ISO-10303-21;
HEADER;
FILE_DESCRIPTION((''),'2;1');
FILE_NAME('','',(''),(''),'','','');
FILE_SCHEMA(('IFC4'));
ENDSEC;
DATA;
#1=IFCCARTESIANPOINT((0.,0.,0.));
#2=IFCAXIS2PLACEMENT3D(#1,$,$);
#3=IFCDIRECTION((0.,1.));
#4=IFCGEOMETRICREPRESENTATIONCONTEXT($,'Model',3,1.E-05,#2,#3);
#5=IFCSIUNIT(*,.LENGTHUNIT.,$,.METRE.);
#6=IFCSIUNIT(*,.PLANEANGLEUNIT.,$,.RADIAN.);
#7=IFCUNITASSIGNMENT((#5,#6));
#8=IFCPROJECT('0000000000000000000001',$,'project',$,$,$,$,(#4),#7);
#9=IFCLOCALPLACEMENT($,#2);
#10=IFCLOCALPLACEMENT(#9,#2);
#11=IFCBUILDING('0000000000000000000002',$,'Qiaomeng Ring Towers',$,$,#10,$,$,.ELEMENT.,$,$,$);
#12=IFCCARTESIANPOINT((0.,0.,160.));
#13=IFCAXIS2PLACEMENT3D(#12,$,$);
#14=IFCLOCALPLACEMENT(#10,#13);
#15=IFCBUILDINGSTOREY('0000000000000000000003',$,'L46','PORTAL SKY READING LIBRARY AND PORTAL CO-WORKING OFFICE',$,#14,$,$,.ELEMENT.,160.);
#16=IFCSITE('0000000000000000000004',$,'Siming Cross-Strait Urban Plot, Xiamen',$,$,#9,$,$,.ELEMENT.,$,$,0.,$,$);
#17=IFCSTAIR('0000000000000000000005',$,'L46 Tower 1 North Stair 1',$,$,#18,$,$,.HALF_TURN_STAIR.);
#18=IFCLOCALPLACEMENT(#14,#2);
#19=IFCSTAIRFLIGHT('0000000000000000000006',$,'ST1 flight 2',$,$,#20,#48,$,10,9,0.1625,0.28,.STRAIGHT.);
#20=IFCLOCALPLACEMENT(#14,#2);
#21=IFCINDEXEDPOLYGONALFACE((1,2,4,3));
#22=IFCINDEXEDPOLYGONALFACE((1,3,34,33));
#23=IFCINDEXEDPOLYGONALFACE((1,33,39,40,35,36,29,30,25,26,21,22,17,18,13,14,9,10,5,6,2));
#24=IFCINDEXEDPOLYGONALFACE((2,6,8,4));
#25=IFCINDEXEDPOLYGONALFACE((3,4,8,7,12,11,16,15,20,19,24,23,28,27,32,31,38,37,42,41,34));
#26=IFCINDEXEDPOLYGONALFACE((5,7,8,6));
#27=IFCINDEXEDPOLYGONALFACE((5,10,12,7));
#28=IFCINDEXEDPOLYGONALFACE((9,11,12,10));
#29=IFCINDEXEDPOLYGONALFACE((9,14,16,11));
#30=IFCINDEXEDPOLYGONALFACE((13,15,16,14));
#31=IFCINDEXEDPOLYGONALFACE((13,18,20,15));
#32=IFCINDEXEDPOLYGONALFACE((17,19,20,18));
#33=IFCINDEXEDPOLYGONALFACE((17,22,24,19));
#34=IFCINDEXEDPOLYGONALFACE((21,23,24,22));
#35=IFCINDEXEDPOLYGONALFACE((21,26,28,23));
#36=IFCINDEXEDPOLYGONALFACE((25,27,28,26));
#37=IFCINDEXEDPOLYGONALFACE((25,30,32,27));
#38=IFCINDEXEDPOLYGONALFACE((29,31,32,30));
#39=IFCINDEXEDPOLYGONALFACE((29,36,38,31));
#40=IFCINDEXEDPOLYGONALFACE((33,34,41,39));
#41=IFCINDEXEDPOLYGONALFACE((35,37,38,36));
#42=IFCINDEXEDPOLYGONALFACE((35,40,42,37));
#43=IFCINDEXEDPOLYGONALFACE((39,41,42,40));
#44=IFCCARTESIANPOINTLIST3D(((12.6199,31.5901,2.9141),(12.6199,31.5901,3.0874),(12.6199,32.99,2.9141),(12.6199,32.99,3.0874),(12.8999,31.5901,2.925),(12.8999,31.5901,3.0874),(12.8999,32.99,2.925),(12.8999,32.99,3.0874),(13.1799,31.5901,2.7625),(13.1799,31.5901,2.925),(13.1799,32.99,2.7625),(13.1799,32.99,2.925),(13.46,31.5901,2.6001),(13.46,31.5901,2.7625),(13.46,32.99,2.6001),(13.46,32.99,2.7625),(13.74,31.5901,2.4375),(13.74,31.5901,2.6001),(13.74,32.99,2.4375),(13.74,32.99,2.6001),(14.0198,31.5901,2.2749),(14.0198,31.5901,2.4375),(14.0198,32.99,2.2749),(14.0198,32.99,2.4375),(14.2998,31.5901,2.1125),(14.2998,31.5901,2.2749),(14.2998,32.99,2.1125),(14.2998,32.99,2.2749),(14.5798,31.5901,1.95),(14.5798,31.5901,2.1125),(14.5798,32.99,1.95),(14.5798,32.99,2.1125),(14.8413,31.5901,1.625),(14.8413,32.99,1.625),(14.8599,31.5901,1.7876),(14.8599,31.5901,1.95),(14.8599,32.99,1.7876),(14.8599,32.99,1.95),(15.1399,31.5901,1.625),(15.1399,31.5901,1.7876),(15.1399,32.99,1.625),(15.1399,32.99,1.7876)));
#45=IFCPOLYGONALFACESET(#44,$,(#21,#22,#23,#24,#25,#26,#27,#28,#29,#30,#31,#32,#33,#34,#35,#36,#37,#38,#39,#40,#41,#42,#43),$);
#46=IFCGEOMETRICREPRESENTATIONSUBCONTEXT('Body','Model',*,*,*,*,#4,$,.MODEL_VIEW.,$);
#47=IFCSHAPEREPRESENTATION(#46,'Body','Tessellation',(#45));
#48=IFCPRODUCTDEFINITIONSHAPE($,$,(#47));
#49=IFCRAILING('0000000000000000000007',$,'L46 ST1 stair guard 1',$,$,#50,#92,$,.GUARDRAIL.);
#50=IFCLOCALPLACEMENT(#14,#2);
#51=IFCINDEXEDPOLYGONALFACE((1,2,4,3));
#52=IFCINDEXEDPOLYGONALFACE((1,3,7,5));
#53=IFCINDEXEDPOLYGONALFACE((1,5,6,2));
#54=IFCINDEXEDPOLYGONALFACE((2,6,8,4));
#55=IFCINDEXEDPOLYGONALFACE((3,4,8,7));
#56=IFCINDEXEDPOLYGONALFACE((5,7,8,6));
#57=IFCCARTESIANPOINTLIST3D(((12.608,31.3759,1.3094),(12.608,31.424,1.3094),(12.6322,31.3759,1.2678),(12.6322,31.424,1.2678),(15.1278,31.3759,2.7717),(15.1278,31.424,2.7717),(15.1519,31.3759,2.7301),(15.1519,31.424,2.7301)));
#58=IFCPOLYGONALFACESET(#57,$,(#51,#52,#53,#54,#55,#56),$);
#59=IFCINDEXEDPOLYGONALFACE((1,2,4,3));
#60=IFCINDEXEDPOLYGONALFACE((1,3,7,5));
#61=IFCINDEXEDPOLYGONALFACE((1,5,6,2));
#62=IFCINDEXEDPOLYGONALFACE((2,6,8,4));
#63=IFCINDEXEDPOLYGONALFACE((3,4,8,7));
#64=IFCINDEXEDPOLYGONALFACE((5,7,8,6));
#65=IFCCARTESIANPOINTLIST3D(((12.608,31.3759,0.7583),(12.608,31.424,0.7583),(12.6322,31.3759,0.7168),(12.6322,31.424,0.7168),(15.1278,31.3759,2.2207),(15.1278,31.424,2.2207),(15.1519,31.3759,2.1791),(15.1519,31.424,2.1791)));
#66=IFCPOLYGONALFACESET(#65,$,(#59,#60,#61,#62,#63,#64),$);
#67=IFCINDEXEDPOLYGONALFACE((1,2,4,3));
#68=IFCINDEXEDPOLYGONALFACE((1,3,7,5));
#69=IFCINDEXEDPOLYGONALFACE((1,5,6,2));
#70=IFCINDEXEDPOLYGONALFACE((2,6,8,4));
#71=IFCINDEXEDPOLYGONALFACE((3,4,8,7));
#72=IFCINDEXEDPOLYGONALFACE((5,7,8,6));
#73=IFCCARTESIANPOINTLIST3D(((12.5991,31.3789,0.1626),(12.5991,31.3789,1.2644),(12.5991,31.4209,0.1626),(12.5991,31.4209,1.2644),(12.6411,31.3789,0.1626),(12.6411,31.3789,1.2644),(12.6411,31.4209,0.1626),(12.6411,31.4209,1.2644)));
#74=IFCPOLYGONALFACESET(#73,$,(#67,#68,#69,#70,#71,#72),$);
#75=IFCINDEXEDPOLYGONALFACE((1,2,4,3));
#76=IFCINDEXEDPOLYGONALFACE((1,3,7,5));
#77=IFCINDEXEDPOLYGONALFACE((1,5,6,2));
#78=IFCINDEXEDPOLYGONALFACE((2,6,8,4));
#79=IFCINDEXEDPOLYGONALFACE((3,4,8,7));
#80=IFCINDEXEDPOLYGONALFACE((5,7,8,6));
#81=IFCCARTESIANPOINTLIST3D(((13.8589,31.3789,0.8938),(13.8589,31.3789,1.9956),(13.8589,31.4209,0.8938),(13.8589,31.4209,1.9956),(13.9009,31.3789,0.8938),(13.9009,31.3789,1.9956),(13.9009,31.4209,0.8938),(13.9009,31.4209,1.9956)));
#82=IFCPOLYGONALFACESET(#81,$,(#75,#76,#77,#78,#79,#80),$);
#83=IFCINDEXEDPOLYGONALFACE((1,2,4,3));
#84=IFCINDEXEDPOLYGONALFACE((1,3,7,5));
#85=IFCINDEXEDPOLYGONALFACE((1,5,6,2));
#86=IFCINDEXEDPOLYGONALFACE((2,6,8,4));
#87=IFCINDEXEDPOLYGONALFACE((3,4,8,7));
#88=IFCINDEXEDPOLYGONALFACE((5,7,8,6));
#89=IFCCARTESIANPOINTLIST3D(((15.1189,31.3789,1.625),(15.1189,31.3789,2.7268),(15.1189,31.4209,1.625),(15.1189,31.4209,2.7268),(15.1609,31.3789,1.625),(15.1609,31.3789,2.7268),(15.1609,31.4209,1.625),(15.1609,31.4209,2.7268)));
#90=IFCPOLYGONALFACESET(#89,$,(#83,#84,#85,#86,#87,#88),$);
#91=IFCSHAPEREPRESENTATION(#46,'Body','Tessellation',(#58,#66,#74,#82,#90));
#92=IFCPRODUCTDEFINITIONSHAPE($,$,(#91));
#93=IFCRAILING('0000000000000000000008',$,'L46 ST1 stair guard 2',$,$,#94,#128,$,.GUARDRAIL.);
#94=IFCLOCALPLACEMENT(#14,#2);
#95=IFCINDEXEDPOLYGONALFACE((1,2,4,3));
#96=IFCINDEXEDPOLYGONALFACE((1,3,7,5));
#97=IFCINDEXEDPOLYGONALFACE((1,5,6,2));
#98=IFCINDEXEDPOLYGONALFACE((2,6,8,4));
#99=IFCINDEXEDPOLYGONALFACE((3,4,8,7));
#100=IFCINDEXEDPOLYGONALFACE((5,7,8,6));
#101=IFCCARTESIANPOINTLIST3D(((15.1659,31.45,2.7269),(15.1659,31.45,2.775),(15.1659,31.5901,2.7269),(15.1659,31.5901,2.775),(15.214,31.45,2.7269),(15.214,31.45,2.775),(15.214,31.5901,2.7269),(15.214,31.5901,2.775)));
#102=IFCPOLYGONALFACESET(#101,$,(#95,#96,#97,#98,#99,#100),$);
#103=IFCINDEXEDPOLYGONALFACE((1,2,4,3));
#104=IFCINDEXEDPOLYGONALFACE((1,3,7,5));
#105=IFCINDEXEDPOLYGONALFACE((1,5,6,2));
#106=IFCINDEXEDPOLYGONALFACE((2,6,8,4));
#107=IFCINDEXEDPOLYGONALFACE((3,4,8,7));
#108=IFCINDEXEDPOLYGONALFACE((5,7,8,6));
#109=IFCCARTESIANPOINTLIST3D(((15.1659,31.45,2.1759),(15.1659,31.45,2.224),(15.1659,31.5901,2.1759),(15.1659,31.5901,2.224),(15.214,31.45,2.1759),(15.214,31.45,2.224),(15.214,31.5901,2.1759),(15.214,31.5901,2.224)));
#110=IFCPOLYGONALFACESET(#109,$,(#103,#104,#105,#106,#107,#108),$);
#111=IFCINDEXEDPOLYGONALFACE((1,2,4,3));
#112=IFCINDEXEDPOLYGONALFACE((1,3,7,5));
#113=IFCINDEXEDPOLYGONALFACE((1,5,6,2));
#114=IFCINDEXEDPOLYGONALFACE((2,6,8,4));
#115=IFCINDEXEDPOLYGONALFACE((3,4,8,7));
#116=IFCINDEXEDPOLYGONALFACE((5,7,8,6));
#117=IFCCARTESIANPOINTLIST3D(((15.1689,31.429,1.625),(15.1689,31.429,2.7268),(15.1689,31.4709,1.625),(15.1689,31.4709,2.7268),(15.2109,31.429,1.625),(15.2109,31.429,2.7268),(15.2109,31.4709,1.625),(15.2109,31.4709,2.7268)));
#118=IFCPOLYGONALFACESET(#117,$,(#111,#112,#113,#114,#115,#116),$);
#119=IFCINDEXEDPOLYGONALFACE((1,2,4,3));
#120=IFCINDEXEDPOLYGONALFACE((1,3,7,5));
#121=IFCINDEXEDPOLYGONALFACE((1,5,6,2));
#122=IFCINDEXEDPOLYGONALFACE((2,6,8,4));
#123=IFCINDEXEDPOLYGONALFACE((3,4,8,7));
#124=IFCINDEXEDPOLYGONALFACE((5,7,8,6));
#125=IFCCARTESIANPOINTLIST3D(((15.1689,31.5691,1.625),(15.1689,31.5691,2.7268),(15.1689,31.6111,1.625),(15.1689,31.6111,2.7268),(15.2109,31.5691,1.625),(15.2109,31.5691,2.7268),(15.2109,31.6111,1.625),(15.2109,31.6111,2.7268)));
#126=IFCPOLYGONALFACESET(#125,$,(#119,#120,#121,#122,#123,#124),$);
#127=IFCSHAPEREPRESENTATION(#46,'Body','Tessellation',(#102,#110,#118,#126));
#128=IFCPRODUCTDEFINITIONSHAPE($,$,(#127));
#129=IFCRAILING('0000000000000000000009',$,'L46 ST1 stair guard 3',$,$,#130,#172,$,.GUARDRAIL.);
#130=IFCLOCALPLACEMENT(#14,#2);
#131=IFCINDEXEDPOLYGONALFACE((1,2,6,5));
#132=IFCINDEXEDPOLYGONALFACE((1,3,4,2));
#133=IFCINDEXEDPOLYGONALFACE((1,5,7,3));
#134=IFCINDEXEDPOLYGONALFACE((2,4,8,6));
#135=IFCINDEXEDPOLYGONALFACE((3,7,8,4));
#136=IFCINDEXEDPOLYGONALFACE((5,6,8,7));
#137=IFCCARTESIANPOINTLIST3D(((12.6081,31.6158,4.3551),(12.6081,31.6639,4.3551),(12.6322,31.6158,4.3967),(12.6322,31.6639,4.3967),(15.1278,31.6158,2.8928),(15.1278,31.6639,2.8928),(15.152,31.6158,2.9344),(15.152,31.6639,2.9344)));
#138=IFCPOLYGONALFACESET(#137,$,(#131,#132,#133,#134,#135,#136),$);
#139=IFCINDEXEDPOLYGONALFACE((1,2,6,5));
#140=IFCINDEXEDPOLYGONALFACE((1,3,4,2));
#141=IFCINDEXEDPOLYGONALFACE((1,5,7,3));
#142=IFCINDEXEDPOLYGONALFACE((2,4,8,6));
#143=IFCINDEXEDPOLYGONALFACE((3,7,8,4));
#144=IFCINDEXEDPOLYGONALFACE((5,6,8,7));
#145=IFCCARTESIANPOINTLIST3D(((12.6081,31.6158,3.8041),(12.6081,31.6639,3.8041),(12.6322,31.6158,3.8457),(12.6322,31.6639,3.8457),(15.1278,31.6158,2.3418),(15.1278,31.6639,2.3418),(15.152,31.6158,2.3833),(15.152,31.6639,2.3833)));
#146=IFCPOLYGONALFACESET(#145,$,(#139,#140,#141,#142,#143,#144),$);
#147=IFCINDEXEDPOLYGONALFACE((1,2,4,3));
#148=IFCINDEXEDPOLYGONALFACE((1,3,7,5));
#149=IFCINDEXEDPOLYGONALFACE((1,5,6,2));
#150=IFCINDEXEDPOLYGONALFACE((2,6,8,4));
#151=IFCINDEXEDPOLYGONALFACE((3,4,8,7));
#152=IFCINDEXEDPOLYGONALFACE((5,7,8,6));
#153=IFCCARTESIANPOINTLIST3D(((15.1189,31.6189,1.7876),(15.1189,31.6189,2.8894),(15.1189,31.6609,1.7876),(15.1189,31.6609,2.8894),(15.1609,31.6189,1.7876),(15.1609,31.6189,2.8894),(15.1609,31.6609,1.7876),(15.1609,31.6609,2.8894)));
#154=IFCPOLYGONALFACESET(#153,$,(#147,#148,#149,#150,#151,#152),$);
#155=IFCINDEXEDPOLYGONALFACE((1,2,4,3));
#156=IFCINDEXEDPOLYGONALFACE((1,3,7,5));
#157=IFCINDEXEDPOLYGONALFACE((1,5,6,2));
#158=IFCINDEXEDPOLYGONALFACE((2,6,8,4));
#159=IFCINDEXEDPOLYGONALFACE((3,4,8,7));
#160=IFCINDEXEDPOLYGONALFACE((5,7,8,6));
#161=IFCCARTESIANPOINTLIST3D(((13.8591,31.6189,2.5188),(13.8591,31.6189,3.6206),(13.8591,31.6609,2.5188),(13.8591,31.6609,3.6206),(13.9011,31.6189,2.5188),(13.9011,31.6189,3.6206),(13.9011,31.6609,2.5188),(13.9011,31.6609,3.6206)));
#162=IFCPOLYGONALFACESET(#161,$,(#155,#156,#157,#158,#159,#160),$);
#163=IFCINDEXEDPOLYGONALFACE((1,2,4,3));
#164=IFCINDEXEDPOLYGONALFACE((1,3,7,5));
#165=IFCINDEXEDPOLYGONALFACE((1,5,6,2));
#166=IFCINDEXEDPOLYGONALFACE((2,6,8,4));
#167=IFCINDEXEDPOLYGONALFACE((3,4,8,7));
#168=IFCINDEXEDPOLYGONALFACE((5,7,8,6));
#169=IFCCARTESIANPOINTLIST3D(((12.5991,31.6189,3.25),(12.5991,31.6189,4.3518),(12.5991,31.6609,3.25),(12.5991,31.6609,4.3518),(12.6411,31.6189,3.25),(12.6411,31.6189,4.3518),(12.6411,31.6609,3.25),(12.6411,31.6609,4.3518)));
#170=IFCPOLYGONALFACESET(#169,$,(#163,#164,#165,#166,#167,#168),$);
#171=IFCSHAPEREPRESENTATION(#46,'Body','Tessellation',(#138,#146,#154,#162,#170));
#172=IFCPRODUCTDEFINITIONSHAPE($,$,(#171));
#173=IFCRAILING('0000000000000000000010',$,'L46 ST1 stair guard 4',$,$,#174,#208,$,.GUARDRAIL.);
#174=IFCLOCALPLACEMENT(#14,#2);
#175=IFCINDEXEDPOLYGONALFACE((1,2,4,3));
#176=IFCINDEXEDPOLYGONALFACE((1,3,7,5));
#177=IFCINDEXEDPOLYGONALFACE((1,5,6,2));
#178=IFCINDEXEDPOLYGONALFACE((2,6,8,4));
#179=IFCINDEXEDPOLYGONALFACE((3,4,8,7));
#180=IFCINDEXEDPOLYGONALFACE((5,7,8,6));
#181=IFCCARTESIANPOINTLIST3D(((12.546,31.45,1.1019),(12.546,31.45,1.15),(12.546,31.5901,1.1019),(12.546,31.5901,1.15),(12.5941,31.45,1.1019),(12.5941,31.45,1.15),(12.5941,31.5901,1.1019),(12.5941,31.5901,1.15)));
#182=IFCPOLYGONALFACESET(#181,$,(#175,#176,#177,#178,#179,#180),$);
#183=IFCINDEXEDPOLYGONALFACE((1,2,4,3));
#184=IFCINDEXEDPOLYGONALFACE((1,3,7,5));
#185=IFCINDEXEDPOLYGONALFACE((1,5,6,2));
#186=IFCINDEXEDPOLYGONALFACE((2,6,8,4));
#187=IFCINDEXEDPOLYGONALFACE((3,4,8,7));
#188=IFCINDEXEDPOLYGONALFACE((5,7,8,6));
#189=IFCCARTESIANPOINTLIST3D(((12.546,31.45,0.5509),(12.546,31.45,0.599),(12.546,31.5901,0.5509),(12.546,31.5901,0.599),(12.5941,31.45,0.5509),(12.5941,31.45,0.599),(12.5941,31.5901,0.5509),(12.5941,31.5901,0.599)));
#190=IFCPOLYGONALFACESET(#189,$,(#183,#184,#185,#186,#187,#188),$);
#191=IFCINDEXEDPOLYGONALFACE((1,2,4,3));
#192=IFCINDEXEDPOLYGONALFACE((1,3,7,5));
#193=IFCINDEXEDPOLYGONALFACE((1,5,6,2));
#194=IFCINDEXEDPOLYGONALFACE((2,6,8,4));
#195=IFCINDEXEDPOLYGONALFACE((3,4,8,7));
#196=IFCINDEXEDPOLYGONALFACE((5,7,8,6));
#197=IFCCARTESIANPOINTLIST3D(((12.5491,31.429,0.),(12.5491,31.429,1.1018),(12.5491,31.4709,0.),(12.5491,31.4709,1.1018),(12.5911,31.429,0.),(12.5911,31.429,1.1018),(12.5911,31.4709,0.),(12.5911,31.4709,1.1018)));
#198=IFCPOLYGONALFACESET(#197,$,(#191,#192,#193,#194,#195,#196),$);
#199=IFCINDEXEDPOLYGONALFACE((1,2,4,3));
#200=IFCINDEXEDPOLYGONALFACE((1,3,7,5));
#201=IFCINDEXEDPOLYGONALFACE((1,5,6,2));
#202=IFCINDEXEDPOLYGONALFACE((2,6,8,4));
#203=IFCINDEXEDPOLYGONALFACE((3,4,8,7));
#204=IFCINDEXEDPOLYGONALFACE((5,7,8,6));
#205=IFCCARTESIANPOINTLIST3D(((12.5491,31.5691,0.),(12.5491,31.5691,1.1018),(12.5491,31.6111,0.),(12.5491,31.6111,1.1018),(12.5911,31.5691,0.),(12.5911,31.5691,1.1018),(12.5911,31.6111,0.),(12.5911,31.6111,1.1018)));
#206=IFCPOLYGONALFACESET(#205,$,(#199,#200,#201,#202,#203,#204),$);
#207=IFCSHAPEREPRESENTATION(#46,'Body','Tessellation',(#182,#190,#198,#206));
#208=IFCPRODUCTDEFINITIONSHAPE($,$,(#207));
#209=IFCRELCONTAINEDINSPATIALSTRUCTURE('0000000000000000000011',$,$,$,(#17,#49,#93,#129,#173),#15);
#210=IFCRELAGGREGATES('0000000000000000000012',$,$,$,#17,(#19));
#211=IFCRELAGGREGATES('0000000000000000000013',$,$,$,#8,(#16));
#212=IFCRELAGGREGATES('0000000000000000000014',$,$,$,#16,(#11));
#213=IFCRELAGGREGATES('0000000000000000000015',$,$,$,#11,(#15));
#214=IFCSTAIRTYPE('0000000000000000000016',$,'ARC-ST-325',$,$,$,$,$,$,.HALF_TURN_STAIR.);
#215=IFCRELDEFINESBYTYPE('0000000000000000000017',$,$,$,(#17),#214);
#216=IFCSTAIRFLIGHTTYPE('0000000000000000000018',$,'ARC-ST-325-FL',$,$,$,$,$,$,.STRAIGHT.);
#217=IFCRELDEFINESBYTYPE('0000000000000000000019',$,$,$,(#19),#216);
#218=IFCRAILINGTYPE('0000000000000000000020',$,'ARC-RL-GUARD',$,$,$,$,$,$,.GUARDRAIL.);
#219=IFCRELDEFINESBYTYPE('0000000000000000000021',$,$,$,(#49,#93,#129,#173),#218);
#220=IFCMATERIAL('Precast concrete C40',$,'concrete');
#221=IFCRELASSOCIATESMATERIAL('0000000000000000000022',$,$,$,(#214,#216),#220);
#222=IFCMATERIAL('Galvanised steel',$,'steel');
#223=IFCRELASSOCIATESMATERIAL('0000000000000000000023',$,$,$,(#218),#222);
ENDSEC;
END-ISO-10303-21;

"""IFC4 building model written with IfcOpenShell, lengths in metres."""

from ifc_helpers import new_model, si_unit, direction, frame, origin, origin_2d, place, context, subcontext, project, spatial, polyline, rectangle, outline, extrude, source, transform, mapped, material, type_object, element, aggregate, save


model = new_model("IFC4")

# Units and contexts
model_context = context("Model", 3, precision=1e-05, world=origin(), true_north=direction((0.0, 1.0)))
body_context = subcontext(model_context, "Body", "Model", "MODEL_VIEW")
ifc_project = project(units=[si_unit("LENGTHUNIT", "METRE"), si_unit("PLANEANGLEUNIT", "RADIAN")], contexts=[model_context])

# Site, building, storey
site_placement = place(None, origin())
site = spatial("IfcSite", under=ifc_project, at=site_placement, Name="Siming Cross-Strait Urban Plot, Xiamen", CompositionType="ELEMENT", RefElevation=0.0)
building_placement = place(site_placement, origin())
building = spatial("IfcBuilding", under=site, at=building_placement, Name="Qiaomeng Ring Towers", CompositionType="ELEMENT")
storey_placement = place(building_placement, frame((0.0, 0.0, 160.0)))
storey = spatial("IfcBuildingStorey", under=building, at=storey_placement, Name="L46", Description="PORTAL SKY READING LIBRARY AND PORTAL CO-WORKING OFFICE", CompositionType="ELEMENT", Elevation=160.0)

# Shared definitions
ifc_material_1 = material(Name="Galvanised steel", Category="steel")

# Stair, stair flight
ifc_material_2 = material(Name="Precast concrete C40", Category="concrete")
stair_type = type_object("IfcStairType", Name="ARC-ST-325", PredefinedType="HALF_TURN_STAIR", material=ifc_material_2)
stair_placement = place(storey_placement, origin())
stair = element("IfcStair", 1, at=stair_placement, inside=storey, type_object=stair_type, Name="L46 Tower 1 North Stair 1", PredefinedType="HALF_TURN_STAIR")
stair_flight_type = type_object("IfcStairFlightType", Name="ARC-ST-325-FL", PredefinedType="STRAIGHT", material=ifc_material_2)
shared_shape_1 = source(origin(), body_context, "Body", "SweptSolid", [
    extrude(outline(polyline([(0.0, 0.0), (0.0, 0.1626), (0.28, 0.1626), (0.28, 0.325), (0.5601, 0.325), (0.5601, 0.4875), (0.8401, 0.4875), (0.8401, 0.6499), (1.1201, 0.6499), (1.1201, 0.8125), (1.3999, 0.8125), (1.3999, 0.9751), (1.6799, 0.9751), (1.6799, 1.1375), (1.96, 1.1375), (1.96, 1.3), (2.24, 1.3), (2.24, 1.4624), (2.52, 1.4624), (2.52, 1.625), (2.52, 1.2891), (0.2986, 0.0), (0.0, 0.0)])), frame((0.0, 0.7, 0.0), z_axis=(0.0, -1.0, 0.0), x_axis=(1.0, 0.0, 0.0)), (0.0, 0.0, 1.0), 1.3999),
])
stair_flight_1_placement = place(storey_placement, frame((15.1399, 32.29, 1.625), z_axis=(0.0, 0.0, 1.0), x_axis=(-1.0, 0.0, 0.0)))
stair_flight_1 = element("IfcStairFlight", 2, at=stair_flight_1_placement, type_object=stair_flight_type, Name="ST1 flight 2", NumberOfRisers=10, NumberOfTreads=9, PredefinedType="STRAIGHT", RiserHeight=0.1625, TreadLength=0.28, context=body_context, shape_type="MappedRepresentation", body=[
    mapped(shared_shape_1, transform((0.0, 0.0, 0.0), x_axis=(1.0, 0.0, 0.0), y_axis=(0.0, 1.0, 0.0), z_axis=(0.0, 0.0, 1.0), scale=1.0)),
])
aggregate(stair, [stair_flight_1])

# Railings
railing_type_1 = type_object("IfcRailingType", Name="ARC-RL-GUARD", PredefinedType="GUARDRAIL", material=ifc_material_1)
railing_1_placement = place(storey_placement, frame((12.6201, 31.3999, 0.1626)))
element("IfcRailing", 3, at=railing_1_placement, inside=storey, type_object=railing_type_1, Name="L46 ST1 stair guard 1", PredefinedType="GUARDRAIL", context=body_context, shape_type="SweptSolid", body=[
    extrude(rectangle(XDim=0.0481, YDim=0.0481, at=origin_2d()), frame((0.0, 0.0, 1.126), z_axis=(0.864892, 0.0, 0.501958), x_axis=(0.0, 1.0, 0.0)), (0.0, 0.0, 1.0), 2.9133),
    extrude(rectangle(XDim=0.0481, YDim=0.0481, at=origin_2d()), frame((0.0, 0.0, 0.575), z_axis=(0.864892, 0.0, 0.501958), x_axis=(0.0, 1.0, 0.0)), (0.0, 0.0, 1.0), 2.9133),
    extrude(rectangle(XDim=0.042, YDim=0.042, at=origin_2d()), origin(), (0.0, 0.0, 1.0), 1.1018),
    extrude(rectangle(XDim=0.042, YDim=0.042, at=origin_2d()), frame((1.2598, 0.0, 0.7312)), (0.0, 0.0, 1.0), 1.1018),
    extrude(rectangle(XDim=0.042, YDim=0.042, at=origin_2d()), frame((2.5198, 0.0, 1.4624)), (0.0, 0.0, 1.0), 1.1018),
])
railing_2_placement = place(storey_placement, frame((15.1899, 31.45, 1.625)))
element("IfcRailing", 4, at=railing_2_placement, inside=storey, type_object=railing_type_1, Name="L46 ST1 stair guard 2", PredefinedType="GUARDRAIL", context=body_context, shape_type="SweptSolid", body=[
    extrude(rectangle(XDim=0.0481, YDim=0.0481, at=origin_2d()), frame((0.0, 0.0, 1.126), z_axis=(0.0, 1.0, 0.0), x_axis=(-1.0, 0.0, 0.0)), (0.0, 0.0, 1.0), 0.1401),
    extrude(rectangle(XDim=0.0481, YDim=0.0481, at=origin_2d()), frame((0.0, 0.0, 0.575), z_axis=(0.0, 1.0, 0.0), x_axis=(-1.0, 0.0, 0.0)), (0.0, 0.0, 1.0), 0.1401),
    extrude(rectangle(XDim=0.042, YDim=0.042, at=origin_2d()), origin(), (0.0, 0.0, 1.0), 1.1018),
    extrude(rectangle(XDim=0.042, YDim=0.042, at=origin_2d()), frame((0.0, 0.1401, 0.0)), (0.0, 0.0, 1.0), 1.1018),
])
railing_3_placement = place(storey_placement, frame((15.1399, 31.6399, 1.7876)))
element("IfcRailing", 5, at=railing_3_placement, inside=storey, type_object=railing_type_1, Name="L46 ST1 stair guard 3", PredefinedType="GUARDRAIL", context=body_context, shape_type="SweptSolid", body=[
    extrude(rectangle(XDim=0.0481, YDim=0.0481, at=origin_2d()), frame((0.0, 0.0, 1.126), z_axis=(-0.864892, 0.0, 0.501958), x_axis=(0.0, -1.0, 0.0)), (0.0, 0.0, 1.0), 2.9133),
    extrude(rectangle(XDim=0.0481, YDim=0.0481, at=origin_2d()), frame((0.0, 0.0, 0.575), z_axis=(-0.864892, 0.0, 0.501958), x_axis=(0.0, -1.0, 0.0)), (0.0, 0.0, 1.0), 2.9133),
    extrude(rectangle(XDim=0.042, YDim=0.042, at=origin_2d()), origin(), (0.0, 0.0, 1.0), 1.1018),
    extrude(rectangle(XDim=0.042, YDim=0.042, at=origin_2d()), frame((-1.2598, 0.0, 0.7312)), (0.0, 0.0, 1.0), 1.1018),
    extrude(rectangle(XDim=0.042, YDim=0.042, at=origin_2d()), frame((-2.5198, 0.0, 1.4624)), (0.0, 0.0, 1.0), 1.1018),
])
railing_4_placement = place(storey_placement, frame((12.5701, 31.45, 0.0)))
element("IfcRailing", 6, at=railing_4_placement, inside=storey, type_object=railing_type_1, Name="L46 ST1 stair guard 4", PredefinedType="GUARDRAIL", context=body_context, shape_type="SweptSolid", body=[
    extrude(rectangle(XDim=0.0481, YDim=0.0481, at=origin_2d()), frame((0.0, 0.0, 1.126), z_axis=(0.0, 1.0, 0.0), x_axis=(-1.0, 0.0, 0.0)), (0.0, 0.0, 1.0), 0.1401),
    extrude(rectangle(XDim=0.0481, YDim=0.0481, at=origin_2d()), frame((0.0, 0.0, 0.575), z_axis=(0.0, 1.0, 0.0), x_axis=(-1.0, 0.0, 0.0)), (0.0, 0.0, 1.0), 0.1401),
    extrude(rectangle(XDim=0.042, YDim=0.042, at=origin_2d()), origin(), (0.0, 0.0, 1.0), 1.1018),
    extrude(rectangle(XDim=0.042, YDim=0.042, at=origin_2d()), frame((0.0, 0.1401, 0.0)), (0.0, 0.0, 1.0), 1.1018),
])

save(model, "model.ifc")
